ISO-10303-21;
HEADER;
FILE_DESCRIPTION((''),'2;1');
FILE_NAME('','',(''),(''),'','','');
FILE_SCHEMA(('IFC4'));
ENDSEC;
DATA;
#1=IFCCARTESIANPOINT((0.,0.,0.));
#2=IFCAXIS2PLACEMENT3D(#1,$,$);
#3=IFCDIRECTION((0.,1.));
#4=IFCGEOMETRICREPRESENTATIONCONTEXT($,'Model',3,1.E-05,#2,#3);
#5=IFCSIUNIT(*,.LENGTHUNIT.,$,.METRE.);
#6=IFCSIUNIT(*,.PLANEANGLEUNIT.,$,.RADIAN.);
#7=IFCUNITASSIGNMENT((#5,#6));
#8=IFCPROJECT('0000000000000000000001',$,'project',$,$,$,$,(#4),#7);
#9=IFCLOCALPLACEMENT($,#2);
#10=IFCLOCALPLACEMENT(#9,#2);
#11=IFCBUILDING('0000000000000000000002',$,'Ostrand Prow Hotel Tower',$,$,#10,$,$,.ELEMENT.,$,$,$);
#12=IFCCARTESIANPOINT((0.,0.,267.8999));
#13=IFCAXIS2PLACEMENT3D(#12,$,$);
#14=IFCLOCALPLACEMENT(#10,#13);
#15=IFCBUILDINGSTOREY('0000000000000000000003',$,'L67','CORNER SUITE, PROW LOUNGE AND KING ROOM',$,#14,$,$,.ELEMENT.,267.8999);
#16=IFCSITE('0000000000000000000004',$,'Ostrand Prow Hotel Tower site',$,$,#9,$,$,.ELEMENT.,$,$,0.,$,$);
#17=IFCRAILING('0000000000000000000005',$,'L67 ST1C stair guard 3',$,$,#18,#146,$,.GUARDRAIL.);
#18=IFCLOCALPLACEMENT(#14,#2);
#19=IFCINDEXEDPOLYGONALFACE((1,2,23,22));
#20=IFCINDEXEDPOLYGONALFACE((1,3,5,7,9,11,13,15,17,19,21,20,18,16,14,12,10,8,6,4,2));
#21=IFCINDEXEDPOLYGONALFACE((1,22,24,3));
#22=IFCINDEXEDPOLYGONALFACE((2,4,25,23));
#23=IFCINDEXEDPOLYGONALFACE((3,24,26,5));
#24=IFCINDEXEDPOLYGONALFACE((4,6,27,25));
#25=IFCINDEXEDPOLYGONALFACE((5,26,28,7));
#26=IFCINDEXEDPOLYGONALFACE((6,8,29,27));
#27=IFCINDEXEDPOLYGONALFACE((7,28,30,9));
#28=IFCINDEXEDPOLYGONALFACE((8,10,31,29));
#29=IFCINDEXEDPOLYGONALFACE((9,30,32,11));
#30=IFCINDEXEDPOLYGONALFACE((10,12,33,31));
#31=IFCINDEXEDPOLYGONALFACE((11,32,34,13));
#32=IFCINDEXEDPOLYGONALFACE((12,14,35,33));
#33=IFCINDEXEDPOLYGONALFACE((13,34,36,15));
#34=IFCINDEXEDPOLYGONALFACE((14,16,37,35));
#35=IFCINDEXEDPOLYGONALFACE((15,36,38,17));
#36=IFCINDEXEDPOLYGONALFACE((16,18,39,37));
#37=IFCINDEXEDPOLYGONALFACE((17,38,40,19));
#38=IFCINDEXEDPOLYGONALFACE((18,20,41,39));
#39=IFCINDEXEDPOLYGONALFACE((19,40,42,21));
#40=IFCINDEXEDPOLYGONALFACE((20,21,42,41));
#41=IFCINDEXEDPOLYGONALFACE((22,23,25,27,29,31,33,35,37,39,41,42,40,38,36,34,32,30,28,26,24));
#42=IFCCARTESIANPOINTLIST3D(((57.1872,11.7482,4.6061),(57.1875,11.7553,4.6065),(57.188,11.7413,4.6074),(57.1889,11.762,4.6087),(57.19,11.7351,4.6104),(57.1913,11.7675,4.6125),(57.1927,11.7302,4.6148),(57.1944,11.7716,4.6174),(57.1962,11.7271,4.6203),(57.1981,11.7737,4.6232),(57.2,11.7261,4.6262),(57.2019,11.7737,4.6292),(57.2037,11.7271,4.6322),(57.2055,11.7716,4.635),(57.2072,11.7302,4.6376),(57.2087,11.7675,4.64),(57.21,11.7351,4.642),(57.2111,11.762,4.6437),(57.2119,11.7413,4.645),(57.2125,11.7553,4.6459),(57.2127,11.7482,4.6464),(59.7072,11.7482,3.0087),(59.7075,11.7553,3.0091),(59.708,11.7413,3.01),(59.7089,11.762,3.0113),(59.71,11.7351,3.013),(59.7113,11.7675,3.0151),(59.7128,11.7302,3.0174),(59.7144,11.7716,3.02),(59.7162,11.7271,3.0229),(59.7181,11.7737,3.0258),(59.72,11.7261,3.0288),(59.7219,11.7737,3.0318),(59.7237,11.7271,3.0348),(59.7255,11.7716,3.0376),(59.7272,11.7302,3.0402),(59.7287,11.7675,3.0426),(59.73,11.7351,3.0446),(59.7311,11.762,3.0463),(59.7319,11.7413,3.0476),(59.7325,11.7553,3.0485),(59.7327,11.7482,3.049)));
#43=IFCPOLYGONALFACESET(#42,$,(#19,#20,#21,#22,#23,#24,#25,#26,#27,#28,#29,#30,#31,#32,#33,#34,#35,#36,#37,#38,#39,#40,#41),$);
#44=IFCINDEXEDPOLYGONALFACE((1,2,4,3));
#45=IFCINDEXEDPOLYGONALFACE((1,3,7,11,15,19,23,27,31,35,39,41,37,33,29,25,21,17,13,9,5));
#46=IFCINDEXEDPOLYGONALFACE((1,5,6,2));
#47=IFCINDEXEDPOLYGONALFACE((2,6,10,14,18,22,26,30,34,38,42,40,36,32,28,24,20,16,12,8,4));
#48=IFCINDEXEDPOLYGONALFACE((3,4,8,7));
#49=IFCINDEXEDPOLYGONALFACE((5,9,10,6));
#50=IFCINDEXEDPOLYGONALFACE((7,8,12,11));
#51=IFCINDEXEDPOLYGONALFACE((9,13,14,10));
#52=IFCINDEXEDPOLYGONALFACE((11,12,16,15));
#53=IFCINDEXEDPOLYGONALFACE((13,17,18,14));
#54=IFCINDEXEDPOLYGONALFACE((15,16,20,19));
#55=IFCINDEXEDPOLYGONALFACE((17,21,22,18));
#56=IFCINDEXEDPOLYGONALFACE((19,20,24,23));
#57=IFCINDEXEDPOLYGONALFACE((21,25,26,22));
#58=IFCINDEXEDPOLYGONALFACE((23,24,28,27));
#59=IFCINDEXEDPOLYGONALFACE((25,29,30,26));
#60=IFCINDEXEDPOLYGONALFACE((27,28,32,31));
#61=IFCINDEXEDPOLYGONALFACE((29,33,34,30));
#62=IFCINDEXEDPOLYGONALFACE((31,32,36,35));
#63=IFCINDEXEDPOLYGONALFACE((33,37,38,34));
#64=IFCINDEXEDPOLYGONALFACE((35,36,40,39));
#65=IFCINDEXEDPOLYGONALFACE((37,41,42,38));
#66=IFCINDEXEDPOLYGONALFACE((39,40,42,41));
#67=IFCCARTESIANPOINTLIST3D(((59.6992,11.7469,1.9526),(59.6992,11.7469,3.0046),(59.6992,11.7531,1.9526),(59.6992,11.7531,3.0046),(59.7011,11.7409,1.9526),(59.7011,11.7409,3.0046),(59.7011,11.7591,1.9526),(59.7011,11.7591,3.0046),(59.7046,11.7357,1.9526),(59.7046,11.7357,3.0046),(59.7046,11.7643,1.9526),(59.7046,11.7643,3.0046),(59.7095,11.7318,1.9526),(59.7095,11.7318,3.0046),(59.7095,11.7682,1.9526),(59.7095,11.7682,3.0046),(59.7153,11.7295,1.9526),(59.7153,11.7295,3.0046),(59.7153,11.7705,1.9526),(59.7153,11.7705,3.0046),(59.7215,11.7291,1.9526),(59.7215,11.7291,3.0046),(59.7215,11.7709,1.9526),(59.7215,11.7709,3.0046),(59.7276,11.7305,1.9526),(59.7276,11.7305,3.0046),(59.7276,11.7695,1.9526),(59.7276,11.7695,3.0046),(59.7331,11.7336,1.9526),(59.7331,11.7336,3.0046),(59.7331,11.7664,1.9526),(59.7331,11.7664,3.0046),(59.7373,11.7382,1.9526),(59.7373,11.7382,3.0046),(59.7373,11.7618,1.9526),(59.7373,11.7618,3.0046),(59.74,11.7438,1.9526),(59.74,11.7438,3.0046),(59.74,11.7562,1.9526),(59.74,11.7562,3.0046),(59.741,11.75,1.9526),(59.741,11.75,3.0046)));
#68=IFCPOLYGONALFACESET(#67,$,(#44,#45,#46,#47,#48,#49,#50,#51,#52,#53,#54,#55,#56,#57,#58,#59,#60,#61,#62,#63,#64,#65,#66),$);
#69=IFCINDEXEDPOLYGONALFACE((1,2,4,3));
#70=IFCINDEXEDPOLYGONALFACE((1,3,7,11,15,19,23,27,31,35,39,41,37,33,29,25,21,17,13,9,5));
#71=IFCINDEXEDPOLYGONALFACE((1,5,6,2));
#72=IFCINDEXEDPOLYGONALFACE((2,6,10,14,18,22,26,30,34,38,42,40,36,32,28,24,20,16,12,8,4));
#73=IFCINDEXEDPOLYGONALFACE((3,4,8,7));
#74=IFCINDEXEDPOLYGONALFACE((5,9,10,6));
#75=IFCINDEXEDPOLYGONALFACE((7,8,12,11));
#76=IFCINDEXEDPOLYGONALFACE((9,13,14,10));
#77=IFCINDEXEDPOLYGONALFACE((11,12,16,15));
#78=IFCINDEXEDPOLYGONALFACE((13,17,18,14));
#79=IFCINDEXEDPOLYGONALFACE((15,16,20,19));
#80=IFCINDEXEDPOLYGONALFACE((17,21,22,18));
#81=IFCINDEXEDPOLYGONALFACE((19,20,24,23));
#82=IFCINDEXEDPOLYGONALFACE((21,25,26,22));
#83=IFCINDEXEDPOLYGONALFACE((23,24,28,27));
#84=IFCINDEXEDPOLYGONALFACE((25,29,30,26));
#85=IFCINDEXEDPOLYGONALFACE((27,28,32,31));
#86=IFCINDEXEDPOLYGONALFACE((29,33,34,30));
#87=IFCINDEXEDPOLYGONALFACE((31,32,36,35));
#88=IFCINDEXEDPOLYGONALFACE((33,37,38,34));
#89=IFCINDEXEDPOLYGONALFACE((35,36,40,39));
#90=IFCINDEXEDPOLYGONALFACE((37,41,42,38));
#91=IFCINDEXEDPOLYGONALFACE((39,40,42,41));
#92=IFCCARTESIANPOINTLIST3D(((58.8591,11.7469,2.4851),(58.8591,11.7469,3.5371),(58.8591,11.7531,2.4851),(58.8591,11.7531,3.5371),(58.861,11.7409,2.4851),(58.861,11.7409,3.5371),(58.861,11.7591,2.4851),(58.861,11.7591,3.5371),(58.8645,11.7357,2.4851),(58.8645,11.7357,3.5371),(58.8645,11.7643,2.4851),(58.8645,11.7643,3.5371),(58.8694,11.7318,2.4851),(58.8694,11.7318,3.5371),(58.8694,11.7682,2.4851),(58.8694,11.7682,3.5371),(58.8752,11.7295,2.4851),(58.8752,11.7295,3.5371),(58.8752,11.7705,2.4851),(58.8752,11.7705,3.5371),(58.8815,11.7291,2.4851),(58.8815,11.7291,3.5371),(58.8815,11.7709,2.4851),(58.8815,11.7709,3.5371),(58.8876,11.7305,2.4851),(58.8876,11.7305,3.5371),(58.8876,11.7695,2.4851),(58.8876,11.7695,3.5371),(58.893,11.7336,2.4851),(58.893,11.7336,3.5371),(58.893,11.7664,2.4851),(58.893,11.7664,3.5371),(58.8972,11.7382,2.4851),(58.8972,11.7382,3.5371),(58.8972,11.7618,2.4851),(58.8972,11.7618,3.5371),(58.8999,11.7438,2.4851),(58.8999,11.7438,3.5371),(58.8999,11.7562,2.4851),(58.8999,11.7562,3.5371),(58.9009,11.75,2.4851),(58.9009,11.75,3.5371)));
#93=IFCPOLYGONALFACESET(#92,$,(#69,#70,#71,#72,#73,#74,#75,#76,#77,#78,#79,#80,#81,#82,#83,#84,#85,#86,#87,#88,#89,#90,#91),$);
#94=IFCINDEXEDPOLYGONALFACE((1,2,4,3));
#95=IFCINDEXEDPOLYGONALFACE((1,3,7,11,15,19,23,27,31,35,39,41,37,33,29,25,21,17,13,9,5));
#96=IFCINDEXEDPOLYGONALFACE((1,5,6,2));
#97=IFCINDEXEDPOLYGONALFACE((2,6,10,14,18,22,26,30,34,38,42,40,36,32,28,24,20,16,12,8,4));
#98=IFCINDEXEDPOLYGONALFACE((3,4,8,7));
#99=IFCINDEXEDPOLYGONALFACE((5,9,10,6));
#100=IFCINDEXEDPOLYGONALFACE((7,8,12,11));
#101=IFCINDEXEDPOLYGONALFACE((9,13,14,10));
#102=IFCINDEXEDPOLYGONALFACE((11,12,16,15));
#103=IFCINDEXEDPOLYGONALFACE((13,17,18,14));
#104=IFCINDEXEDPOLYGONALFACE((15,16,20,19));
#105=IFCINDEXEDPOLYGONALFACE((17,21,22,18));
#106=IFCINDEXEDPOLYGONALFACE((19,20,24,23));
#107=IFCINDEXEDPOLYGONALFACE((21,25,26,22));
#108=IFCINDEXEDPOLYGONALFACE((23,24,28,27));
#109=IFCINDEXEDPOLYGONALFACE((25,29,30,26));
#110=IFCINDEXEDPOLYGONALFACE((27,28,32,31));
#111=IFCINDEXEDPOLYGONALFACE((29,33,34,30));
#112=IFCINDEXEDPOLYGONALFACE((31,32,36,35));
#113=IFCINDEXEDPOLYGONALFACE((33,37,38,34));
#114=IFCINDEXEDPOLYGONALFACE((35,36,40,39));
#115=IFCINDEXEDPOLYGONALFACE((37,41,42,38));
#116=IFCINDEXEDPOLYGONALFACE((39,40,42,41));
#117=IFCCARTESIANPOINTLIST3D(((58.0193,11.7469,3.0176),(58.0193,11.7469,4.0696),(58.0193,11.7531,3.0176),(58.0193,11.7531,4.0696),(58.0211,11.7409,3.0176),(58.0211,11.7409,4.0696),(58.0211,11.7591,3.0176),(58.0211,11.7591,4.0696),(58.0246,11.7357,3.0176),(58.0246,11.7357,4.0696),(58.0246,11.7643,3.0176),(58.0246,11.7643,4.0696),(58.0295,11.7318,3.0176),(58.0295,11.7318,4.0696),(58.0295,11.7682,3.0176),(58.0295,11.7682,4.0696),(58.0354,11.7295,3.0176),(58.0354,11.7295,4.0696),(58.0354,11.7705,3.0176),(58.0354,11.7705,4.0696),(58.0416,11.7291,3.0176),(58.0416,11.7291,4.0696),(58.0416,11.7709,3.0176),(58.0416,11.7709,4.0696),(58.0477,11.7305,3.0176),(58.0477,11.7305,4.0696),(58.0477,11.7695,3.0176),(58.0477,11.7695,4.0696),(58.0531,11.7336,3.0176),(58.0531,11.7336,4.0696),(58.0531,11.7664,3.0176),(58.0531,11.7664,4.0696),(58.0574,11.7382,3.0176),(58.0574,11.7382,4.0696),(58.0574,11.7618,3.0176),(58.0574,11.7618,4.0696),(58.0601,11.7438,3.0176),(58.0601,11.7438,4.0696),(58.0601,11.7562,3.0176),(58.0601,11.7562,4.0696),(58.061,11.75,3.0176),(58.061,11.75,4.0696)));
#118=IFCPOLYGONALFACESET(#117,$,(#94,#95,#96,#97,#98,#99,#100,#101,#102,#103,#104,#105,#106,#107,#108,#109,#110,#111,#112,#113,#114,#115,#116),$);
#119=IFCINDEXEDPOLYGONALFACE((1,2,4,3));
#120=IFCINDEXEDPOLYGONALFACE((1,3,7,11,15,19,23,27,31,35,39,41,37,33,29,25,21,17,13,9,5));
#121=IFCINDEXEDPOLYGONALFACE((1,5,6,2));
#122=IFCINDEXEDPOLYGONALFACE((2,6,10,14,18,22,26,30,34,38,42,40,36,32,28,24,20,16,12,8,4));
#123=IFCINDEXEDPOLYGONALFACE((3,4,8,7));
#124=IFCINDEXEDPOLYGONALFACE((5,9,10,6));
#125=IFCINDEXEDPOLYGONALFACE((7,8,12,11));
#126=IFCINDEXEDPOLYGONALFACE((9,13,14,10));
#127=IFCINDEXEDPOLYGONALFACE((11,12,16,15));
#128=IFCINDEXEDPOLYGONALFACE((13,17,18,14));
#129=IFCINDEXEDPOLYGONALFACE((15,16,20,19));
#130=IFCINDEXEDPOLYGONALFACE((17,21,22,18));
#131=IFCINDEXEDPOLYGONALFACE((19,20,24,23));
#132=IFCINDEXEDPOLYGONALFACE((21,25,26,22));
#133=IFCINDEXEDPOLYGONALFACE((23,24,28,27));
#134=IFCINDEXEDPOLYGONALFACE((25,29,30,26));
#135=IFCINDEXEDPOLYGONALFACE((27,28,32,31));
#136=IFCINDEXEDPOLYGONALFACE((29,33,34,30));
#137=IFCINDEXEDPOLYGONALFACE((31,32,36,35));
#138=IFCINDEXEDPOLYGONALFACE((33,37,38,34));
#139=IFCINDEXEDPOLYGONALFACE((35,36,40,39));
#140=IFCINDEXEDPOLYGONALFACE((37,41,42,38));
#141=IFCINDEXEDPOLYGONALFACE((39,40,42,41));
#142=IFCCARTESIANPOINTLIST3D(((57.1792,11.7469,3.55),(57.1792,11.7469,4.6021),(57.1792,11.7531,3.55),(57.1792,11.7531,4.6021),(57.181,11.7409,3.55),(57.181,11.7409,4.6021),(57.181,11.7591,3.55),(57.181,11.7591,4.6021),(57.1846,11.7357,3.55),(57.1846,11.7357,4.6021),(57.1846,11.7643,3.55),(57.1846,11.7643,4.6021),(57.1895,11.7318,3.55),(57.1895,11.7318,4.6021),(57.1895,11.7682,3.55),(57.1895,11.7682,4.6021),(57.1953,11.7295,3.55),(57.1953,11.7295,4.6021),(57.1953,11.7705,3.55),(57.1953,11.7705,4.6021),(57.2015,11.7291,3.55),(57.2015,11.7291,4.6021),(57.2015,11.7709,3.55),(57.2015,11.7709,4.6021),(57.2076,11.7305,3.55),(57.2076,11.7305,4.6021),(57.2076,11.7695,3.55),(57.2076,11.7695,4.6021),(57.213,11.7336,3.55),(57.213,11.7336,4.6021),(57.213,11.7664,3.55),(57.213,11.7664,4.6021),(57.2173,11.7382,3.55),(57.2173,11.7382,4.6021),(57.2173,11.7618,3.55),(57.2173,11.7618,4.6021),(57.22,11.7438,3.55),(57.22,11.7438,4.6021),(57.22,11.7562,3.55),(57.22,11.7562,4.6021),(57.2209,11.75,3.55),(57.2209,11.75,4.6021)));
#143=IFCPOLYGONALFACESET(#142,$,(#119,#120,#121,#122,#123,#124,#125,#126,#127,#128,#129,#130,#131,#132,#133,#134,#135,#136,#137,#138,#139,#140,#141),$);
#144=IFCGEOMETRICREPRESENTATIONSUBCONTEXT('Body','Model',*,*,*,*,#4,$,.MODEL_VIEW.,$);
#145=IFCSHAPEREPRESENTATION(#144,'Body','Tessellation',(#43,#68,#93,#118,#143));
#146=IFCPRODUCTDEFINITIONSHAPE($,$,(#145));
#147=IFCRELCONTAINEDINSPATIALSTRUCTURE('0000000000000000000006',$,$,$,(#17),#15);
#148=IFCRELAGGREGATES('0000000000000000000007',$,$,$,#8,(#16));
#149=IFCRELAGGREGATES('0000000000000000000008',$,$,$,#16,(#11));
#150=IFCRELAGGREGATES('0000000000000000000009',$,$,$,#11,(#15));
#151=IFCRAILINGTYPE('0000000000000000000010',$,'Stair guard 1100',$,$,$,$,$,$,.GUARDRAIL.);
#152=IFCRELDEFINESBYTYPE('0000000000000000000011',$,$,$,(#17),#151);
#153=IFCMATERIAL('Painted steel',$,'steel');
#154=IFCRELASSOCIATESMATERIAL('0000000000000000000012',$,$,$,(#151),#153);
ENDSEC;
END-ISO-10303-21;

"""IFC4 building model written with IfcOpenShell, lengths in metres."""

from ifc_helpers import new_model, si_unit, direction, frame, origin, origin_2d, place, context, subcontext, project, spatial, circle, extrude, material, type_object, element, save


model = new_model("IFC4")

# Units and contexts
model_context = context("Model", 3, precision=1e-05, world=origin(), true_north=direction((0.0, 1.0)))
body_context = subcontext(model_context, "Body", "Model", "MODEL_VIEW")
ifc_project = project(units=[si_unit("LENGTHUNIT", "METRE"), si_unit("PLANEANGLEUNIT", "RADIAN")], contexts=[model_context])

# Site, building, storey
site_placement = place(None, origin())
site = spatial("IfcSite", under=ifc_project, at=site_placement, Name="Ostrand Prow Hotel Tower site", CompositionType="ELEMENT", RefElevation=0.0)
building_placement = place(site_placement, origin())
building = spatial("IfcBuilding", under=site, at=building_placement, Name="Ostrand Prow Hotel Tower", CompositionType="ELEMENT")
storey_placement = place(building_placement, frame((0.0, 0.0, 267.8999)))
storey = spatial("IfcBuildingStorey", under=building, at=storey_placement, Name="L67", Description="CORNER SUITE, PROW LOUNGE AND KING ROOM", CompositionType="ELEMENT", Elevation=267.8999)

# Railing
ifc_material_1 = material(Name="Painted steel", Category="steel")
railing_type_1 = type_object("IfcRailingType", Name="Stair guard 1100", PredefinedType="GUARDRAIL", material=ifc_material_1)
railing_1_placement = place(storey_placement, frame((59.72, 11.75, 1.9526)))
element("IfcRailing", 1, at=railing_1_placement, inside=storey, type_object=railing_type_1, Name="L67 ST1C stair guard 3", PredefinedType="GUARDRAIL", context=body_context, shape_type="SweptSolid", body=[
    extrude(circle(Radius=0.0239, at=origin_2d()), frame((0.0, 0.0, 1.0762), z_axis=(-0.844607, 0.0, 0.535387), x_axis=(0.0, -1.0, 0.0)), (0.0, 0.0, 1.0), 2.9836),
    extrude(circle(Radius=0.021, at=origin_2d()), origin(), (0.0, 0.0, 1.0), 1.052),
    extrude(circle(Radius=0.021, at=origin_2d()), frame((-0.8401, 0.0, 0.5325)), (0.0, 0.0, 1.0), 1.052),
    extrude(circle(Radius=0.021, at=origin_2d()), frame((-1.6799, 0.0, 1.0649)), (0.0, 0.0, 1.0), 1.052),
    extrude(circle(Radius=0.021, at=origin_2d()), frame((-2.52, 0.0, 1.5974)), (0.0, 0.0, 1.0), 1.052),
])

save(model, "model.ifc")
